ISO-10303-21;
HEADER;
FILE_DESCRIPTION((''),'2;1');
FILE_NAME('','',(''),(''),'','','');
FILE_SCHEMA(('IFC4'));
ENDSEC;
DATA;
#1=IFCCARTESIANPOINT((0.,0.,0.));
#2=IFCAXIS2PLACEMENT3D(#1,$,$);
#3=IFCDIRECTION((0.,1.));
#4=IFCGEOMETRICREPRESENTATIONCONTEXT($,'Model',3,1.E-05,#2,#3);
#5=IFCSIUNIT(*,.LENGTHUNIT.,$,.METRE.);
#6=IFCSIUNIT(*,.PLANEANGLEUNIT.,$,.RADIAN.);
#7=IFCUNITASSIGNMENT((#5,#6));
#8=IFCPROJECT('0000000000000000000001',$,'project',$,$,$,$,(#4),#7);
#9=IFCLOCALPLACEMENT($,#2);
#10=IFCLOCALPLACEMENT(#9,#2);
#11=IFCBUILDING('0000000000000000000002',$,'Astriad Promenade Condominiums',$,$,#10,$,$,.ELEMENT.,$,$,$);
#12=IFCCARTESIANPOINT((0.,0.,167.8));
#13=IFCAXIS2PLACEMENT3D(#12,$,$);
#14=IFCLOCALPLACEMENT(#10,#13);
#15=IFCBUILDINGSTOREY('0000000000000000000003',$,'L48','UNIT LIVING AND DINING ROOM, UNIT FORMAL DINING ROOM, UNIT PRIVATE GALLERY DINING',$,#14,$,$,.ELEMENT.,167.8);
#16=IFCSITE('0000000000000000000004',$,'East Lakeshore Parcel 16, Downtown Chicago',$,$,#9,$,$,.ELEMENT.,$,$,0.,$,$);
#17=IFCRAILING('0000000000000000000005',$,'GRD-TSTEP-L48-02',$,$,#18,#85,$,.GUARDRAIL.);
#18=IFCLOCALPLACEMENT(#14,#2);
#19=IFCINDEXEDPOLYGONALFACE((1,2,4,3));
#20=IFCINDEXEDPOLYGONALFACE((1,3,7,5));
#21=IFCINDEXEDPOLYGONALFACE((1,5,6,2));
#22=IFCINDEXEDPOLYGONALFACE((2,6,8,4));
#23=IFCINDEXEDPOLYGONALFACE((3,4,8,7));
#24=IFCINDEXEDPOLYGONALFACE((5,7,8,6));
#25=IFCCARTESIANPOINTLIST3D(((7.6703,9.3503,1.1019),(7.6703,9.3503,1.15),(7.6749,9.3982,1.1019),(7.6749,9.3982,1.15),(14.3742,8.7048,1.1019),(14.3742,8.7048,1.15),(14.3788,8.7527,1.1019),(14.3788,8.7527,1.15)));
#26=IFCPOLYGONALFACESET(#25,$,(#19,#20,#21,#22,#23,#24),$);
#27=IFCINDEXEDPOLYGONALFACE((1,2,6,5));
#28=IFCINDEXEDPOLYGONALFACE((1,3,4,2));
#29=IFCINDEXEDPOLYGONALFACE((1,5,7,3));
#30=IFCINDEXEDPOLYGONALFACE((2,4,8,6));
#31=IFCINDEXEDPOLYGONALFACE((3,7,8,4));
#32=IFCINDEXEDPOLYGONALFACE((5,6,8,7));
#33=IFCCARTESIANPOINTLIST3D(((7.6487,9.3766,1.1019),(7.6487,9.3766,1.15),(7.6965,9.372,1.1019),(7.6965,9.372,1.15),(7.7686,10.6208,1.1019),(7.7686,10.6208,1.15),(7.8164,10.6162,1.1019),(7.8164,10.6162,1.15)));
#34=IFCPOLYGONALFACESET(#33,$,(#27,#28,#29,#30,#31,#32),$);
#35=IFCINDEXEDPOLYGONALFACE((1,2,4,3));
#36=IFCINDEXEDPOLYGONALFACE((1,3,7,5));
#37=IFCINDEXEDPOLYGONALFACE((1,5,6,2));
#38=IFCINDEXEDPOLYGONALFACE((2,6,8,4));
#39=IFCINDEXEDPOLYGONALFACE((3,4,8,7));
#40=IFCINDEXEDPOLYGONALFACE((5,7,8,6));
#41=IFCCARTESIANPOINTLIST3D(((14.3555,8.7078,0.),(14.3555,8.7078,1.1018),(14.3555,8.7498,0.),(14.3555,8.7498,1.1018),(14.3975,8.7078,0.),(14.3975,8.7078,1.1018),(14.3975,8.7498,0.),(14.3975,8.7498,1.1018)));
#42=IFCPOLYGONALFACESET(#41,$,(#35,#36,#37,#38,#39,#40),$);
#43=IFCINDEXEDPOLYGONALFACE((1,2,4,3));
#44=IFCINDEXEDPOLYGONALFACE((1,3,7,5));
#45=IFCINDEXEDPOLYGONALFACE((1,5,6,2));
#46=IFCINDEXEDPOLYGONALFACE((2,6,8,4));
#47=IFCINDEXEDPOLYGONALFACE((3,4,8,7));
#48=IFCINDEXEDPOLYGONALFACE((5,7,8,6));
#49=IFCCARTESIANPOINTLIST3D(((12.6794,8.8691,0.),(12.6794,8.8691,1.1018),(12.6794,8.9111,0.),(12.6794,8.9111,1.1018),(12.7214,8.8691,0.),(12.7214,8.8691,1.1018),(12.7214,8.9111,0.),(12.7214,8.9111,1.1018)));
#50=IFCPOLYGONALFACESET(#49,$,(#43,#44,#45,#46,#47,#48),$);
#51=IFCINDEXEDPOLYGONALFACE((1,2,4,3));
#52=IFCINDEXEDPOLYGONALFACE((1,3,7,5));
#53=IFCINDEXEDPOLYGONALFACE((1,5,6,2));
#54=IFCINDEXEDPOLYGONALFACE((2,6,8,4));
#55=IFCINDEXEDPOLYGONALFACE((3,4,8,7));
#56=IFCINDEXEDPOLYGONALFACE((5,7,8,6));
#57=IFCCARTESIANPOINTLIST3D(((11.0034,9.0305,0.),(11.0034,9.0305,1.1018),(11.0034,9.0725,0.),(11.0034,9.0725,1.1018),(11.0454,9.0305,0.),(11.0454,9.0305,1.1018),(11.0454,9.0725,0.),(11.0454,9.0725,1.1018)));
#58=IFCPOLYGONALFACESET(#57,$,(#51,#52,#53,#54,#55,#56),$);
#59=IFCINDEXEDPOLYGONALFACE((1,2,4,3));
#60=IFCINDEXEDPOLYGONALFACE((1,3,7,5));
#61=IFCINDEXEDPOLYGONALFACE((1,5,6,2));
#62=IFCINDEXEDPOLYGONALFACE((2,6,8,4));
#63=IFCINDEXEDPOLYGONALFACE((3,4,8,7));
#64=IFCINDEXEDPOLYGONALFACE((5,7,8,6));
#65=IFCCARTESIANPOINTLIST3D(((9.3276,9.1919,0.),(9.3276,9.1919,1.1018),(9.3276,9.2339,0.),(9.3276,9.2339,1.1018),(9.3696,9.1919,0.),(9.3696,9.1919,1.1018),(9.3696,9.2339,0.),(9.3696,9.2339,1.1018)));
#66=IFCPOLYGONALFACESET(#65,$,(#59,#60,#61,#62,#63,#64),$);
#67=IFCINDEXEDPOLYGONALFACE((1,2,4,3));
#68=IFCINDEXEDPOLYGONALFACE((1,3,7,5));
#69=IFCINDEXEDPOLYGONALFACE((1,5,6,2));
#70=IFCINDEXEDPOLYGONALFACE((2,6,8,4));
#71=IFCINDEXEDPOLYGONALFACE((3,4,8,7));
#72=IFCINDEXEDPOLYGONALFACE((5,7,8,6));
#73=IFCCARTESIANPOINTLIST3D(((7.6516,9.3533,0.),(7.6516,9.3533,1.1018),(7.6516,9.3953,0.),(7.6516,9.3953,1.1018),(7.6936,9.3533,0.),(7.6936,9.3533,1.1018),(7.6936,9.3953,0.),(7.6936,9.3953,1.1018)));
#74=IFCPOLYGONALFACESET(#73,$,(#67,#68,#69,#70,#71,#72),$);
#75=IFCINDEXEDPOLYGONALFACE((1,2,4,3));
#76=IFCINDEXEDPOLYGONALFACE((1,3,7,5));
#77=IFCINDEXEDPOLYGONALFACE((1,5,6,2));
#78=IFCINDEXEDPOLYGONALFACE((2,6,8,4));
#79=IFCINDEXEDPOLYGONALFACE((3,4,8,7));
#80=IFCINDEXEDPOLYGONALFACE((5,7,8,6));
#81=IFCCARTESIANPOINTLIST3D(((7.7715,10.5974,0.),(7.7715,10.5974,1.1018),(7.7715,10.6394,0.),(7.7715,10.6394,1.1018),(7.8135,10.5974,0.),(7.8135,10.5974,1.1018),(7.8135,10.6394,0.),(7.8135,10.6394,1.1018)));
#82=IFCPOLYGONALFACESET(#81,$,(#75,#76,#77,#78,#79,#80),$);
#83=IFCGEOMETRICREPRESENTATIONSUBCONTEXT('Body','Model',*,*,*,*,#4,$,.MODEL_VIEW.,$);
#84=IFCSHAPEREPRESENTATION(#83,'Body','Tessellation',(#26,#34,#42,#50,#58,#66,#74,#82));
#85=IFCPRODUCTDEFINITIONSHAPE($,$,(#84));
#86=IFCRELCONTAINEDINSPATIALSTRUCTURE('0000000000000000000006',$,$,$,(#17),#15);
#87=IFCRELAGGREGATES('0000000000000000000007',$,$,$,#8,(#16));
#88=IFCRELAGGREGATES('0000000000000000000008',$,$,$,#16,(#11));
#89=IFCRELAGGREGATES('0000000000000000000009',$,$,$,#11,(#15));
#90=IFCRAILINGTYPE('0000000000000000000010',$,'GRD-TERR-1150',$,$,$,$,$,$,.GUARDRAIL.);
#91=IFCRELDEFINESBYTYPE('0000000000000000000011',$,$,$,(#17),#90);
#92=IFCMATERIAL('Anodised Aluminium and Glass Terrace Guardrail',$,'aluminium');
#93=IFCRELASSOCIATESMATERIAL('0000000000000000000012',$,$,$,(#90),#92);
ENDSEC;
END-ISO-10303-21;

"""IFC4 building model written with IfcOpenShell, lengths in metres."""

from ifc_helpers import new_model, si_unit, direction, frame, origin, origin_2d, place, context, subcontext, project, spatial, rectangle, extrude, source, transform, mapped, material, type_object, element, save


model = new_model("IFC4")

# Units and contexts
model_context = context("Model", 3, precision=1e-05, world=origin(), true_north=direction((0.0, 1.0)))
body_context = subcontext(model_context, "Body", "Model", "MODEL_VIEW")
ifc_project = project(units=[si_unit("LENGTHUNIT", "METRE"), si_unit("PLANEANGLEUNIT", "RADIAN")], contexts=[model_context])

# Site, building, storey
site_placement = place(None, origin())
site = spatial("IfcSite", under=ifc_project, at=site_placement, Name="East Lakeshore Parcel 16, Downtown Chicago", CompositionType="ELEMENT", RefElevation=0.0)
building_placement = place(site_placement, origin())
building = spatial("IfcBuilding", under=site, at=building_placement, Name="Astriad Promenade Condominiums", CompositionType="ELEMENT")
storey_placement = place(building_placement, frame((0.0, 0.0, 167.8)))
storey = spatial("IfcBuildingStorey", under=building, at=storey_placement, Name="L48", Description="UNIT LIVING AND DINING ROOM, UNIT FORMAL DINING ROOM, UNIT PRIVATE GALLERY DINING", CompositionType="ELEMENT", Elevation=167.8)

# Railing
ifc_material_1 = material(Name="Anodised Aluminium and Glass Terrace Guardrail", Category="aluminium")
railing_type = type_object("IfcRailingType", Name="GRD-TERR-1150", PredefinedType="GUARDRAIL", material=ifc_material_1)
shared_shape_1 = source(origin(), body_context, "Body", "SweptSolid", [
    extrude(rectangle(XDim=0.0481, YDim=0.0481, at=origin_2d()), frame((0.0, 0.0, 1.126), z_axis=(-0.995396, 0.095846, 0.0), x_axis=(-0.095846, -0.995396, 0.0)), (0.0, 0.0, 1.0), 6.7349),
    extrude(rectangle(XDim=0.0481, YDim=0.0481, at=origin_2d()), frame((-6.7039, 0.6455, 1.126), z_axis=(0.095906, 0.99539, 0.0), x_axis=(-0.99539, 0.095906, 0.0)), (0.0, 0.0, 1.0), 1.25),
    extrude(rectangle(XDim=0.042, YDim=0.042, at=origin_2d()), origin(), (0.0, 0.0, 1.0), 1.1018),
    extrude(rectangle(XDim=0.042, YDim=0.042, at=origin_2d()), frame((-1.676, 0.1614, 0.0)), (0.0, 0.0, 1.0), 1.1018),
    extrude(rectangle(XDim=0.042, YDim=0.042, at=origin_2d()), frame((-3.3521, 0.3228, 0.0)), (0.0, 0.0, 1.0), 1.1018),
    extrude(rectangle(XDim=0.042, YDim=0.042, at=origin_2d()), frame((-5.0278, 0.4841, 0.0)), (0.0, 0.0, 1.0), 1.1018),
    extrude(rectangle(XDim=0.042, YDim=0.042, at=origin_2d()), frame((-6.7039, 0.6455, 0.0)), (0.0, 0.0, 1.0), 1.1018),
    extrude(rectangle(XDim=0.042, YDim=0.042, at=origin_2d()), frame((-6.584, 1.8896, 0.0)), (0.0, 0.0, 1.0), 1.1018),
])
railing_1_placement = place(storey_placement, frame((14.3765, 8.7288, 0.0)))
element("IfcRailing", 1, at=railing_1_placement, inside=storey, type_object=railing_type, Name="GRD-TSTEP-L48-02", PredefinedType="GUARDRAIL", context=body_context, shape_type="MappedRepresentation", body=[
    mapped(shared_shape_1, transform((0.0, 0.0, 0.0), scale=1.0)),
])

save(model, "model.ifc")
